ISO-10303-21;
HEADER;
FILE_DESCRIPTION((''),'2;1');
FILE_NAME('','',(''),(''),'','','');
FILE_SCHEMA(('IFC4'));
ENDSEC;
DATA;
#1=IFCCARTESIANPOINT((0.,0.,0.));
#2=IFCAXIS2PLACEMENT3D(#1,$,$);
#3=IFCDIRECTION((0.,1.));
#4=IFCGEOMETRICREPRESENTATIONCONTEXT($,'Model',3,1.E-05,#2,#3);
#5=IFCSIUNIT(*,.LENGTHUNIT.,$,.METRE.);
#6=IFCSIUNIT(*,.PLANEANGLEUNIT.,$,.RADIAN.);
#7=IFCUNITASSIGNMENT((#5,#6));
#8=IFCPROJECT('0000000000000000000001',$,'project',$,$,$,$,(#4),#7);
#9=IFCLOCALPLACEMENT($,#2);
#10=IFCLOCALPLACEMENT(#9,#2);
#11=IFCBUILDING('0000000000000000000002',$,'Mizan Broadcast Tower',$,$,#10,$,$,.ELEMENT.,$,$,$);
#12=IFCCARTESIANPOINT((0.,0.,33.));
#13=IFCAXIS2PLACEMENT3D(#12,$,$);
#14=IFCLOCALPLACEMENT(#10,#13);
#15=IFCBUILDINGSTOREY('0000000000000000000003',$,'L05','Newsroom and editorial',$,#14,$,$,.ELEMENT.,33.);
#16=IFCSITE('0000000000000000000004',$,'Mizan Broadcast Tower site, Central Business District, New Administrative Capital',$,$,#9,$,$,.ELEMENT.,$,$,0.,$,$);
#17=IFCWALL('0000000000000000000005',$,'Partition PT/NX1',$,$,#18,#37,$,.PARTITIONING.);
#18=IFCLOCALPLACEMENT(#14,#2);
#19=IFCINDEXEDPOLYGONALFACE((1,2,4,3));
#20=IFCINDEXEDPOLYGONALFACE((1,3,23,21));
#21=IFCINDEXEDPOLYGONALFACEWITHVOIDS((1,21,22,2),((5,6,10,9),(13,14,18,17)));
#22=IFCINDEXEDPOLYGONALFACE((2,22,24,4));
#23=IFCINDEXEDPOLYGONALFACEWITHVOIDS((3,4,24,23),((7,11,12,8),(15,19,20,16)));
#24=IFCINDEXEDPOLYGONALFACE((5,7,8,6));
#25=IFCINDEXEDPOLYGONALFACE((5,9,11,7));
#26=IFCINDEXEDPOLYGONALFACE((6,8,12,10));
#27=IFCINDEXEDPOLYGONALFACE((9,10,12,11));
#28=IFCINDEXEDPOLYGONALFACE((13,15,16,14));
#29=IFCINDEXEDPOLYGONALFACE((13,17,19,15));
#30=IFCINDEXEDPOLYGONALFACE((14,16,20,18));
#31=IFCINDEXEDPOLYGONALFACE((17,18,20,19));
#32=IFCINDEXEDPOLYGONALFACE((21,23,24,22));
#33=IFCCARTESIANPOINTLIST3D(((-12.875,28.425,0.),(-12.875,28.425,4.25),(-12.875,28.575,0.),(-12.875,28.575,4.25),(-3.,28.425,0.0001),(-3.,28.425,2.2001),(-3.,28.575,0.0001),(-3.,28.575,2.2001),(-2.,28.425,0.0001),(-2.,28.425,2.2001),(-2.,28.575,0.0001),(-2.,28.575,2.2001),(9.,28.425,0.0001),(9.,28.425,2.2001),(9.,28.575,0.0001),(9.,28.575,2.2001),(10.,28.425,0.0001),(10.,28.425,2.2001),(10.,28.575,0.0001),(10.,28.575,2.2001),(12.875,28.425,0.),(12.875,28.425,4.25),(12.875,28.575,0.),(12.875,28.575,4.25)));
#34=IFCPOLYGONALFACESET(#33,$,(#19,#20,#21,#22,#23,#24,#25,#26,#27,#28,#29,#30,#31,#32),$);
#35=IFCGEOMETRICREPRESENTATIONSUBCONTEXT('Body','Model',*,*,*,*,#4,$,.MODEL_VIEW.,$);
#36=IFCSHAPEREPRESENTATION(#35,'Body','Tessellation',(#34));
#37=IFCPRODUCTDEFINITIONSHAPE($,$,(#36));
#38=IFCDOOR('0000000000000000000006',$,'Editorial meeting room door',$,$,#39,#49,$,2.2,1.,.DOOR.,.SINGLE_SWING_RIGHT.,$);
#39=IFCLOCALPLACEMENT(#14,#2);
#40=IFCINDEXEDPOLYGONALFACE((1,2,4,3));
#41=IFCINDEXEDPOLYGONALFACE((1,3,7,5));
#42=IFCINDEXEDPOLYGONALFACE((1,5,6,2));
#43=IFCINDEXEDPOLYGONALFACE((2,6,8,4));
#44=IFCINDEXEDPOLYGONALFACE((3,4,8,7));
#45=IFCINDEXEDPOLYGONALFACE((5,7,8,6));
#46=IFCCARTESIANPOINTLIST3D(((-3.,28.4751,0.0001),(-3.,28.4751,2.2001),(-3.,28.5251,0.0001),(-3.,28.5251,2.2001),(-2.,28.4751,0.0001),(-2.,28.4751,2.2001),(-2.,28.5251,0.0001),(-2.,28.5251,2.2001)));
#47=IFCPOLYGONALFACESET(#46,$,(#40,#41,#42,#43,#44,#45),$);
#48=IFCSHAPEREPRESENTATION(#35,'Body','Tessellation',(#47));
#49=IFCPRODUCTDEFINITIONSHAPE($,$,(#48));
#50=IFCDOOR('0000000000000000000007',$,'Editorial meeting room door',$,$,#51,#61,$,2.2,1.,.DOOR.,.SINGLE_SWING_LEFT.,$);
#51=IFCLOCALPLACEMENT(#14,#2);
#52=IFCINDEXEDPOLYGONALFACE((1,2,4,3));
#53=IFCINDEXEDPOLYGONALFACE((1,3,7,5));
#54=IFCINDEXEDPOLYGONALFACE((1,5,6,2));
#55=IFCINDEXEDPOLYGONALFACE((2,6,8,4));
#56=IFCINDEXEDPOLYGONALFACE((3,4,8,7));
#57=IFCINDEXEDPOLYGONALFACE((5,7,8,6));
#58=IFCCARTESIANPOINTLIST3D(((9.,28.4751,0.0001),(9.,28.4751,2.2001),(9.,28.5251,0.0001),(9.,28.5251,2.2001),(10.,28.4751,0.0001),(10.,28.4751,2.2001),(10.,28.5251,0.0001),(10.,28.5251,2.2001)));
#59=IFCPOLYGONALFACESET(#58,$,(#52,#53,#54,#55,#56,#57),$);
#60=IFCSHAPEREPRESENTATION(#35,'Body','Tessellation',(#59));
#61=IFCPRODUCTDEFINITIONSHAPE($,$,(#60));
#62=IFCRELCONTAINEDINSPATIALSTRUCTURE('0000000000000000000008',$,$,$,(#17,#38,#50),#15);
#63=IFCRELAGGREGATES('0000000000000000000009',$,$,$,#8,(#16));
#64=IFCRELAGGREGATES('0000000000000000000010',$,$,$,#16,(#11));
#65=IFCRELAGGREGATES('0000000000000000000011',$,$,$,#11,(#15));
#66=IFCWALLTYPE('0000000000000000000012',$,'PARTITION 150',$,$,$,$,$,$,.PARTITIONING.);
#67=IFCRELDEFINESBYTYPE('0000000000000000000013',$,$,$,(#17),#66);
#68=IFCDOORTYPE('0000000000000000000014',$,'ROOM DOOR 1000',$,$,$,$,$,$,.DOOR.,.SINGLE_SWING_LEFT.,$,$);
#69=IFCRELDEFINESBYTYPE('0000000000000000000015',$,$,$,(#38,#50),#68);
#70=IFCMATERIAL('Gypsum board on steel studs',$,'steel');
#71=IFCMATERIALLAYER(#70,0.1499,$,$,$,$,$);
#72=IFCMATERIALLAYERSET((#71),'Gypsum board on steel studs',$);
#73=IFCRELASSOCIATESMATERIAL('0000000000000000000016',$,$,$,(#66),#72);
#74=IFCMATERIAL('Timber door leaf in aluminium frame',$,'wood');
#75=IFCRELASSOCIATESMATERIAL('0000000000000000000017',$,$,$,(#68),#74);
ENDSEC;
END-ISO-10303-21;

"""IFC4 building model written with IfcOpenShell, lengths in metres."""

from ifc_helpers import new_model, si_unit, direction, frame, frame_2d, origin, place, context, subcontext, project, spatial, rectangle, extrude, material, layer, layer_set, type_object, element, fill, save


model = new_model("IFC4")

# Units and contexts
model_context = context("Model", 3, precision=1e-05, world=origin(), true_north=direction((0.0, 1.0)))
body_context = subcontext(model_context, "Body", "Model", "MODEL_VIEW")
ifc_project = project(units=[si_unit("LENGTHUNIT", "METRE"), si_unit("PLANEANGLEUNIT", "RADIAN")], contexts=[model_context])

# Site, building, storey
site_placement = place(None, origin())
site = spatial("IfcSite", under=ifc_project, at=site_placement, Name="Mizan Broadcast Tower site, Central Business District, New Administrative Capital", CompositionType="ELEMENT", RefElevation=0.0)
building_placement = place(site_placement, origin())
building = spatial("IfcBuilding", under=site, at=building_placement, Name="Mizan Broadcast Tower", CompositionType="ELEMENT")
storey_placement = place(building_placement, frame((0.0, 0.0, 33.0)))
storey = spatial("IfcBuildingStorey", under=building, at=storey_placement, Name="L05", Description="Newsroom and editorial", CompositionType="ELEMENT", Elevation=33.0)

# Wall, openings, doors
ifc_material_1 = material(Name="Gypsum board on steel studs", Category="steel")
ifc_layer_1 = layer(ifc_material_1, 0.1499)
ifc_layer_set_1 = layer_set([ifc_layer_1], Name="Gypsum board on steel studs")
wall_type = type_object("IfcWallType", Name="PARTITION 150", PredefinedType="PARTITIONING", material=ifc_layer_set_1)
wall_placement = place(storey_placement, frame((12.875, 28.5, 0.0), z_axis=(0.0, 0.0, 1.0), x_axis=(-1.0, 0.0, 0.0)))
wall = element("IfcWall", 1, at=wall_placement, inside=storey, type_object=wall_type, Name="Partition PT/NX1", PredefinedType="PARTITIONING", context=body_context, shape_type="SweptSolid", body=[
    extrude(rectangle(XDim=25.75, YDim=0.1499, at=frame_2d((12.875, 0.0))), origin(), (0.0, 0.0, 1.0), 4.25),
])
opening_1_placement = place(wall_placement, frame((14.875, 0.0, 0.0)))
opening_1 = element("IfcOpeningElement", 2, at=opening_1_placement, cuts=wall, PredefinedType="OPENING", context=body_context, shape_type="SweptSolid", body=[
    extrude(rectangle(XDim=1.0, YDim=2.2, at=frame_2d((0.5, 1.1001))), frame((0.0, 0.085, 0.0), z_axis=(0.0, -1.0, 0.0), x_axis=(1.0, 0.0, 0.0)), (0.0, 0.0, 1.0), 0.1699),
])
opening_2_placement = place(wall_placement, frame((2.875, 0.0, 0.0)))
opening_2 = element("IfcOpeningElement", 3, at=opening_2_placement, cuts=wall, PredefinedType="OPENING", context=body_context, shape_type="SweptSolid", body=[
    extrude(rectangle(XDim=1.0, YDim=2.2, at=frame_2d((0.5, 1.1001))), frame((0.0, 0.085, 0.0), z_axis=(0.0, -1.0, 0.0), x_axis=(1.0, 0.0, 0.0)), (0.0, 0.0, 1.0), 0.1699),
])
ifc_material_2 = material(Name="Timber door leaf in aluminium frame", Category="wood")
door_type = type_object("IfcDoorType", Name="ROOM DOOR 1000", OperationType="SINGLE_SWING_LEFT", PredefinedType="DOOR", material=ifc_material_2)
door_1_placement = place(opening_1_placement, origin())
door_1 = element("IfcDoor", 4, at=door_1_placement, inside=storey, type_object=door_type, Name="Editorial meeting room door", OperationType="SINGLE_SWING_RIGHT", OverallHeight=2.2, OverallWidth=1.0, PredefinedType="DOOR", context=body_context, shape_type="SweptSolid", body=[
    extrude(rectangle(XDim=1.0, YDim=2.2, at=frame_2d((0.5, 1.1001))), frame((0.0, 0.0249, 0.0), z_axis=(0.0, -1.0, 0.0), x_axis=(1.0, 0.0, 0.0)), (0.0, 0.0, 1.0), 0.05),
])
fill(opening_1, door_1)
door_2_placement = place(opening_2_placement, origin())
door_2 = element("IfcDoor", 5, at=door_2_placement, inside=storey, type_object=door_type, Name="Editorial meeting room door", OperationType="SINGLE_SWING_LEFT", OverallHeight=2.2, OverallWidth=1.0, PredefinedType="DOOR", context=body_context, shape_type="SweptSolid", body=[
    extrude(rectangle(XDim=1.0, YDim=2.2, at=frame_2d((0.5, 1.1001))), frame((0.0, 0.0249, 0.0), z_axis=(0.0, -1.0, 0.0), x_axis=(1.0, 0.0, 0.0)), (0.0, 0.0, 1.0), 0.05),
])
fill(opening_2, door_2)

save(model, "model.ifc")
